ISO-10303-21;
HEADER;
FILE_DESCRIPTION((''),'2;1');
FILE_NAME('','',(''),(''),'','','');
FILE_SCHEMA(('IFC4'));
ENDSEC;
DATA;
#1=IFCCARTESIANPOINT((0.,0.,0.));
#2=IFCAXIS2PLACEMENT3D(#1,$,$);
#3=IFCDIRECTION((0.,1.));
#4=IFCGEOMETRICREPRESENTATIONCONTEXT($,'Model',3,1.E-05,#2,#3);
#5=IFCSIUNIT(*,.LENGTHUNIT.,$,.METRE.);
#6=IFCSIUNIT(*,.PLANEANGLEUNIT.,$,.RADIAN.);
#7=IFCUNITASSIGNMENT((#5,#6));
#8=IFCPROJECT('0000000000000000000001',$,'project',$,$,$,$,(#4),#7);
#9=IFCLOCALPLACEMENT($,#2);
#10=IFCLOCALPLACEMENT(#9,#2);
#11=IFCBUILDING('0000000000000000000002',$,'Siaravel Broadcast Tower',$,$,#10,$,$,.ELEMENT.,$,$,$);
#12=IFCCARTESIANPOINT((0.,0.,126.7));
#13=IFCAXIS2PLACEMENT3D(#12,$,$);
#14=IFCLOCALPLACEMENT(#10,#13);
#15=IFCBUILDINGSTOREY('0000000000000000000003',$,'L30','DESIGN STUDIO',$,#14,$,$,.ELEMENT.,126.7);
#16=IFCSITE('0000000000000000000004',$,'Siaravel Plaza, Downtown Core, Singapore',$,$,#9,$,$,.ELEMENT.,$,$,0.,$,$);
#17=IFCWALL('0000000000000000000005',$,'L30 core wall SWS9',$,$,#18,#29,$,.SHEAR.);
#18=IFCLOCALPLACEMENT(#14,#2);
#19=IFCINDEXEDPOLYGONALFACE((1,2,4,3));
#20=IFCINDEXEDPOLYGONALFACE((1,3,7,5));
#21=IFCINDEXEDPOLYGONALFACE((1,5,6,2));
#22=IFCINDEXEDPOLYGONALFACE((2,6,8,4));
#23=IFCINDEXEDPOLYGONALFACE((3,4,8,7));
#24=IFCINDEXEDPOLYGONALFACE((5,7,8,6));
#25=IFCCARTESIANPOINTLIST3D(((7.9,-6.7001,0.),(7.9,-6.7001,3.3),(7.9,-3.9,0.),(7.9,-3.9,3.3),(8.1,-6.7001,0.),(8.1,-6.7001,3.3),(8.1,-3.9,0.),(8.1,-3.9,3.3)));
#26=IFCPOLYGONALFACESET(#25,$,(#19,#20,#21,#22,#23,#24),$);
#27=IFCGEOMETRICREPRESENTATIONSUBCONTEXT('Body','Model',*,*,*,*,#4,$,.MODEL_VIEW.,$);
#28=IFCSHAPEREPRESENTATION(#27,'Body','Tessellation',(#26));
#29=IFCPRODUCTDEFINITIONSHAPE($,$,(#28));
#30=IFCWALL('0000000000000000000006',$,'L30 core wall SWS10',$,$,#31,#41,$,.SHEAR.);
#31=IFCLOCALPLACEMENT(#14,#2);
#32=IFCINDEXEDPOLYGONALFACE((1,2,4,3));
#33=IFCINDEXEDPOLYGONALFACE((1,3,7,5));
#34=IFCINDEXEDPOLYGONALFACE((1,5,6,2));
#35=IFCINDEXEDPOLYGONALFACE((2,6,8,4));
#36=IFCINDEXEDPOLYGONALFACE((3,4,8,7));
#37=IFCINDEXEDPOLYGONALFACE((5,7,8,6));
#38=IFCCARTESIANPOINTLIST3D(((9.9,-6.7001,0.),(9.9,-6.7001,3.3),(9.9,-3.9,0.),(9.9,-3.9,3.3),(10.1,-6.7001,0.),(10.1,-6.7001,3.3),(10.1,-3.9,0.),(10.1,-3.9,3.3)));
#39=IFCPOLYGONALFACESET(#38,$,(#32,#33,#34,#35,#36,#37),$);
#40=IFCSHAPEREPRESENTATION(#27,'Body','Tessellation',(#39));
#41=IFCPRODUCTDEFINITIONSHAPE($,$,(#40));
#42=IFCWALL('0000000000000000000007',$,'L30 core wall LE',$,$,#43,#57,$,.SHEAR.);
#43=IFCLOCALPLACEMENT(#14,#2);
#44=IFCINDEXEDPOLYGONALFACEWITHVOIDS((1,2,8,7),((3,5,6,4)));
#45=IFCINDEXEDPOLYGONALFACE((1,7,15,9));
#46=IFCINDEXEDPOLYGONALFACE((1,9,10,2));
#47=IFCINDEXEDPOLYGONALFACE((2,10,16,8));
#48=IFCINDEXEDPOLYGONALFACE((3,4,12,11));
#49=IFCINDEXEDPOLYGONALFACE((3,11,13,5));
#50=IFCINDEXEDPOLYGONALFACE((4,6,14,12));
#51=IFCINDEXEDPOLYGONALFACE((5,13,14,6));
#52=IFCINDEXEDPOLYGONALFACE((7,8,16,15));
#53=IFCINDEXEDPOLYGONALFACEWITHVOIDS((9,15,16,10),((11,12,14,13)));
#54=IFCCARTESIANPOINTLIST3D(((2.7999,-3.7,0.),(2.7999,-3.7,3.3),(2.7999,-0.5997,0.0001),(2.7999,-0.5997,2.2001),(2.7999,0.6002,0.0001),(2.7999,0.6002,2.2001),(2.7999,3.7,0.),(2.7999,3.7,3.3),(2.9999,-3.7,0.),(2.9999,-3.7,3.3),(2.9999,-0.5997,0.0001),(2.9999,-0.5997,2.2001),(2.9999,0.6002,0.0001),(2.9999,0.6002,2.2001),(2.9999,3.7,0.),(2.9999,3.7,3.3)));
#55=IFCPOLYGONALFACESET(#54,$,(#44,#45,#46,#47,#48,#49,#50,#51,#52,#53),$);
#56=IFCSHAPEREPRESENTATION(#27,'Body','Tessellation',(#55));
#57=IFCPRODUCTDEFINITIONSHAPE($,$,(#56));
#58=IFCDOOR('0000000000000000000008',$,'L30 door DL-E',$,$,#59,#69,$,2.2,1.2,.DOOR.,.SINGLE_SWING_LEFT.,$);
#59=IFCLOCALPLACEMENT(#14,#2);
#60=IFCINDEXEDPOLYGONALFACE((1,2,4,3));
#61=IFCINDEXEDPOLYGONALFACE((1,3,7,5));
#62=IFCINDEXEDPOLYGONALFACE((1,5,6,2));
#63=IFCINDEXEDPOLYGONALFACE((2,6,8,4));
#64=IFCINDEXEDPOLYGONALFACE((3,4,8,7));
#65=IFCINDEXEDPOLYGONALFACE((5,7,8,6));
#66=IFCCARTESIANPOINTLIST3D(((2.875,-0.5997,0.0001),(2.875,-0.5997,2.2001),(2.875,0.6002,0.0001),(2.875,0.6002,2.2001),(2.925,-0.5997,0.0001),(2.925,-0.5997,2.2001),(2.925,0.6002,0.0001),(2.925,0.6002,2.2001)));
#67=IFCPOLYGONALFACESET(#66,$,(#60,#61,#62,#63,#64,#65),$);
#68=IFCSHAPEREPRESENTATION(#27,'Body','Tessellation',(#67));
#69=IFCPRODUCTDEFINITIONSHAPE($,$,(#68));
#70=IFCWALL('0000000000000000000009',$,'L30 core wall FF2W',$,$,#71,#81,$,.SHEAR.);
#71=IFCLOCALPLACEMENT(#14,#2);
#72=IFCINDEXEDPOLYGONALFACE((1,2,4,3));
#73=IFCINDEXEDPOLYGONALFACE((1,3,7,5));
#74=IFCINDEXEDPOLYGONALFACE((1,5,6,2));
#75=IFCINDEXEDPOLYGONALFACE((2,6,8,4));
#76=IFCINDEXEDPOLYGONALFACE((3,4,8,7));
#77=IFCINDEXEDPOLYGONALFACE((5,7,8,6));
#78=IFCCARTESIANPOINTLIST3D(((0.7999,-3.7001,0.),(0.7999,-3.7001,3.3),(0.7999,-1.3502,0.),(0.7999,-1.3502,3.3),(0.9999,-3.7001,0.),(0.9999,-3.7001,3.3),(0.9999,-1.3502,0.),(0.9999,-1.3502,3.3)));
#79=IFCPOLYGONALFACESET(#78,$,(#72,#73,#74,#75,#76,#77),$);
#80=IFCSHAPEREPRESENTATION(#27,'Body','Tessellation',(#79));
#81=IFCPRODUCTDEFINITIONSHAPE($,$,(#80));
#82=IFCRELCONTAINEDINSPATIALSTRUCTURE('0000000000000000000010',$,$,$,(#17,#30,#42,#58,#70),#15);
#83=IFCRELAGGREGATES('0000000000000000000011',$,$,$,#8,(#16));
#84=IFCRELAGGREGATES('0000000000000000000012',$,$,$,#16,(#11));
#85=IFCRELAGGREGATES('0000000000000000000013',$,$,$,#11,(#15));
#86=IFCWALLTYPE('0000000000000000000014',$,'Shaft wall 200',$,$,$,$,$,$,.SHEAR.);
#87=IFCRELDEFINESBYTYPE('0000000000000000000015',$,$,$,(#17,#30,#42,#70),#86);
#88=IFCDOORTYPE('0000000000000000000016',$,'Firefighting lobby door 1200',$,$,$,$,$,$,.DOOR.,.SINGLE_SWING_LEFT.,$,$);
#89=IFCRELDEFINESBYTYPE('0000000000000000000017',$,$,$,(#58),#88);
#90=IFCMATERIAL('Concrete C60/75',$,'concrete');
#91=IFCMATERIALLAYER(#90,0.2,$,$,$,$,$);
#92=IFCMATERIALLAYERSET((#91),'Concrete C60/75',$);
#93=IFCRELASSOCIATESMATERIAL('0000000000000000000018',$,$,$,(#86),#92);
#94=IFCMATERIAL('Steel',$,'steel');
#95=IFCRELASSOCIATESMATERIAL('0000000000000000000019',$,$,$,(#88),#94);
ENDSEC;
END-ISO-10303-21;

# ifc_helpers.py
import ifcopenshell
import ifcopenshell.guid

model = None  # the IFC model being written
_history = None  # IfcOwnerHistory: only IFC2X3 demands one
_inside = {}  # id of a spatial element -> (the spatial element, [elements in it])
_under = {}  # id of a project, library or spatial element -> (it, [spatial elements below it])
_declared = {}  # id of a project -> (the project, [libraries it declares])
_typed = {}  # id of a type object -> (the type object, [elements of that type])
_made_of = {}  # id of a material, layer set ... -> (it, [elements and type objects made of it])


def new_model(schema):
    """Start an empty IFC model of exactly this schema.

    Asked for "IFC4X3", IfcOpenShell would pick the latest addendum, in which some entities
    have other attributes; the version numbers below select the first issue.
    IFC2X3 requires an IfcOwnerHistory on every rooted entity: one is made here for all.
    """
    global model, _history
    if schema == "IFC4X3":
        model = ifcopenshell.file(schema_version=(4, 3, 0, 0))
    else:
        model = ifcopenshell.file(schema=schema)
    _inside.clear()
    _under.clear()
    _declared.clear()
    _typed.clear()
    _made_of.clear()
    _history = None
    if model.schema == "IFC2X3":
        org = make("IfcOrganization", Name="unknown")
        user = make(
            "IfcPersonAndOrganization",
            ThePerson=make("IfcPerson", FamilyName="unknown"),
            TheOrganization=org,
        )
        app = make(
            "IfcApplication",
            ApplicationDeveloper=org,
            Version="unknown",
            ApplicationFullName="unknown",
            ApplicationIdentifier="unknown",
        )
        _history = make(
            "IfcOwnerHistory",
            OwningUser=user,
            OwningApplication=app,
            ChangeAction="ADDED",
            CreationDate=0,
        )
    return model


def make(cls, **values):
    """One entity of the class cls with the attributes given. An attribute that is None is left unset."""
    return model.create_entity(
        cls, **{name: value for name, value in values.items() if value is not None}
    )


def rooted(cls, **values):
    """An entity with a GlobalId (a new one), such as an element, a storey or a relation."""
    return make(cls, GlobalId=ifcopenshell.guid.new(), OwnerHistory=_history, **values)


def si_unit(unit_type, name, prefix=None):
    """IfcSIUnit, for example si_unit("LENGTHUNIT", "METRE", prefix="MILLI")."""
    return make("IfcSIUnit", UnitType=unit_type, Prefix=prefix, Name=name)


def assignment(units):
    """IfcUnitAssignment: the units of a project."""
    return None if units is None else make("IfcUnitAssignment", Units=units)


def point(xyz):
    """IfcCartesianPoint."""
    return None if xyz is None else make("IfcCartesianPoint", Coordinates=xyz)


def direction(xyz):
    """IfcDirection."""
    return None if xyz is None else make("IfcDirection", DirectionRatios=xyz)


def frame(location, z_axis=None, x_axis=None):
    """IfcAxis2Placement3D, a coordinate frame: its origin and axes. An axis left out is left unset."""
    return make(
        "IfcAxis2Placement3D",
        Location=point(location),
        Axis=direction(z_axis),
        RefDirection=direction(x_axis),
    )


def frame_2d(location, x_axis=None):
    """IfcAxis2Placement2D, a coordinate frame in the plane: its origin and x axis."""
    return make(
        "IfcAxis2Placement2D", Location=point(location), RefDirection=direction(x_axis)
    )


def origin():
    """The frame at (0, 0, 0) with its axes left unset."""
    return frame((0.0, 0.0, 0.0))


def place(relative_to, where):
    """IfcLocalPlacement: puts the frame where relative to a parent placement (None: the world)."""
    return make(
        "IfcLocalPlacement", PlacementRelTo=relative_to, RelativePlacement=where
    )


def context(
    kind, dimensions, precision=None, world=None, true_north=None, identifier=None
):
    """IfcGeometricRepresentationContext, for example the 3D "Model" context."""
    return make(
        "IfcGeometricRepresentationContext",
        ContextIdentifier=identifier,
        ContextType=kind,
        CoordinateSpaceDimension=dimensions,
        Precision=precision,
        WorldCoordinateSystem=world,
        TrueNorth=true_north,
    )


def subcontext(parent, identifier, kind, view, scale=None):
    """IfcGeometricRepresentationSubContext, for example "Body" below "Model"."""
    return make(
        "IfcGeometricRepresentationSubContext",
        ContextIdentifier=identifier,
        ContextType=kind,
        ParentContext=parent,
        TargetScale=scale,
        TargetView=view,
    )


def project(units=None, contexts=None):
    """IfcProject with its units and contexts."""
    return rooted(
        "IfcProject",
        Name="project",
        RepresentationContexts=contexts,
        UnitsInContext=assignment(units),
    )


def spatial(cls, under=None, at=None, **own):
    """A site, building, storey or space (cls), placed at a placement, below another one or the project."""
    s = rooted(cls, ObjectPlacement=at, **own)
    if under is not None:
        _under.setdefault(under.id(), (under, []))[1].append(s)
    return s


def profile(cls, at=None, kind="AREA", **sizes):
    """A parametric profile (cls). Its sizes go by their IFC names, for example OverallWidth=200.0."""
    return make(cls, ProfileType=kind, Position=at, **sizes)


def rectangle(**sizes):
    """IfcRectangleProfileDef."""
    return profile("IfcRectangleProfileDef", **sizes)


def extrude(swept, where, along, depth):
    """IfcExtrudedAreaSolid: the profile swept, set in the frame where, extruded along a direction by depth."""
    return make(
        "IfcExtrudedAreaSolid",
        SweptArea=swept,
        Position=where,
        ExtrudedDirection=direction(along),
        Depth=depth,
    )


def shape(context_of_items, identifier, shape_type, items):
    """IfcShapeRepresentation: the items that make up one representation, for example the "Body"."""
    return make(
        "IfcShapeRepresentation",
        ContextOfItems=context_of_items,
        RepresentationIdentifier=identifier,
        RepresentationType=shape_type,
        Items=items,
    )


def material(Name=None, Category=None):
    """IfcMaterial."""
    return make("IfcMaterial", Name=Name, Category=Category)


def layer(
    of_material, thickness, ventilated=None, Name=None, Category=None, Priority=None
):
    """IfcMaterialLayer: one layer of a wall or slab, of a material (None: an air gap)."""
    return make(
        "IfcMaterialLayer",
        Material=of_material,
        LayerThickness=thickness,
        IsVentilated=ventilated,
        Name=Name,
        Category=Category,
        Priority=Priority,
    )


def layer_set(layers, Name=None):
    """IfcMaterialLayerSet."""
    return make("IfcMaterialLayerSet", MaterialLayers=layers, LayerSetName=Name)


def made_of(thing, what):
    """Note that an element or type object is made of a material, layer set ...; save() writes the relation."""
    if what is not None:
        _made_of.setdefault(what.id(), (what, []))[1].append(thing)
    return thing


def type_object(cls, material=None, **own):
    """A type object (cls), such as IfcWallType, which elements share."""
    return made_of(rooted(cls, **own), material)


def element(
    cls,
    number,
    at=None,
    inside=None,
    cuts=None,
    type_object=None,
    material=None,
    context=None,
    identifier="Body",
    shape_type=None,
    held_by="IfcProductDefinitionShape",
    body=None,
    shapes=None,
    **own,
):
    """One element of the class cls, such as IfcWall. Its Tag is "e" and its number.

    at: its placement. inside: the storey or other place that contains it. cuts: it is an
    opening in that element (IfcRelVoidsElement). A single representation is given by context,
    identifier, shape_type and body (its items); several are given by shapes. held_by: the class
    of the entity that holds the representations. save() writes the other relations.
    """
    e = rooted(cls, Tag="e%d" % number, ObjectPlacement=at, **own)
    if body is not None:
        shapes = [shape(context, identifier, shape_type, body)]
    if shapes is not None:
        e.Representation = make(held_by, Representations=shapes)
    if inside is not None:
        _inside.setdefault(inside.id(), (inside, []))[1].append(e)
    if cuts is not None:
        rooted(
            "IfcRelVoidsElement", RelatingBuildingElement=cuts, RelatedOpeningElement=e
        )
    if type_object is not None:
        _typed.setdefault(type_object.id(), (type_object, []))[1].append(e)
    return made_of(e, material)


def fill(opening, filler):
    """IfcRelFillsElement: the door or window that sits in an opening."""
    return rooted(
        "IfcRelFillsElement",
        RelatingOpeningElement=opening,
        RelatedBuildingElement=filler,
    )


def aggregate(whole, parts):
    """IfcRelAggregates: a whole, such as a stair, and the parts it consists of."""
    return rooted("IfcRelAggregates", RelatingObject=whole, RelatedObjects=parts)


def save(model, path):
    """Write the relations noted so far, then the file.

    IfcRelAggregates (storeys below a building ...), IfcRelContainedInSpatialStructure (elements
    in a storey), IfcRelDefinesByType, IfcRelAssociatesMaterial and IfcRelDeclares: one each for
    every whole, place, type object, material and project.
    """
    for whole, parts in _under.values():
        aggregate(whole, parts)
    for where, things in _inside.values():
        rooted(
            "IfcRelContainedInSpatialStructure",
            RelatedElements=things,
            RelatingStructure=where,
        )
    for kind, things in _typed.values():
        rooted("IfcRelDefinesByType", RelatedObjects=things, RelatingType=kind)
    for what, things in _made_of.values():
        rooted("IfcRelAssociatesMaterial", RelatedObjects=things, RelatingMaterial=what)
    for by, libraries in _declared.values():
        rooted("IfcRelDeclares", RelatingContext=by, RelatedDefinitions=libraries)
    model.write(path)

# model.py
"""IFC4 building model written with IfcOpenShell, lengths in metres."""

from ifc_helpers import new_model, si_unit, direction, frame, frame_2d, origin, place, context, subcontext, project, spatial, rectangle, extrude, material, layer, layer_set, type_object, element, fill, save


model = new_model("IFC4")

# Units and contexts
model_context = context("Model", 3, precision=1e-05, world=origin(), true_north=direction((0.0, 1.0)))
body_context = subcontext(model_context, "Body", "Model", "MODEL_VIEW")
ifc_project = project(units=[si_unit("LENGTHUNIT", "METRE"), si_unit("PLANEANGLEUNIT", "RADIAN")], contexts=[model_context])

# Site, building, storey
site_placement = place(None, origin())
site = spatial("IfcSite", under=ifc_project, at=site_placement, Name="Siaravel Plaza, Downtown Core, Singapore", CompositionType="ELEMENT", RefElevation=0.0)
building_placement = place(site_placement, origin())
building = spatial("IfcBuilding", under=site, at=building_placement, Name="Siaravel Broadcast Tower", CompositionType="ELEMENT")
storey_placement = place(building_placement, frame((0.0, 0.0, 126.7)))
storey = spatial("IfcBuildingStorey", under=building, at=storey_placement, Name="L30", Description="DESIGN STUDIO", CompositionType="ELEMENT", Elevation=126.7)

# Shared definitions
ifc_material_1 = material(Name="Concrete C60/75", Category="concrete")
ifc_material_2 = material(Name="Steel", Category="steel")

# Walls
ifc_layer_1 = layer(ifc_material_1, 0.2)
ifc_layer_set_1 = layer_set([ifc_layer_1], Name="Concrete C60/75")
wall_type_1 = type_object("IfcWallType", Name="Shaft wall 200", PredefinedType="SHEAR", material=ifc_layer_set_1)
for number, where, z_axis, x_axis, name in (
    (1, (8.0, -6.7, 0.0), (0.0, 0.0, 1.0), (0.0, 1.0, 0.0), "L30 core wall SWS9"),
    (2, (10.0, -6.7, 0.0), (0.0, 0.0, 1.0), (0.0, 1.0, 0.0), "L30 core wall SWS10"),
):
    element("IfcWall", number, at=place(storey_placement, frame(where, z_axis=z_axis, x_axis=x_axis)), inside=storey, type_object=wall_type_1, Name=name, PredefinedType="SHEAR", context=body_context, shape_type="SweptSolid", body=[
        extrude(rectangle(XDim=2.8, YDim=0.2, at=frame_2d((1.3999, 0.0))), origin(), (0.0, 0.0, 1.0), 3.3),
    ])

# Wall, opening, door
wall_1_placement = place(storey_placement, frame((2.8999, -3.7, 0.0), z_axis=(0.0, 0.0, 1.0), x_axis=(0.0, 1.0, 0.0)))
wall_1 = element("IfcWall", 3, at=wall_1_placement, inside=storey, type_object=wall_type_1, Name="L30 core wall LE", PredefinedType="SHEAR", context=body_context, shape_type="SweptSolid", body=[
    extrude(rectangle(XDim=7.3999, YDim=0.2, at=frame_2d((3.7, 0.0))), origin(), (0.0, 0.0, 1.0), 3.3),
])
opening_1_placement = place(wall_1_placement, frame((3.1001, 0.0, 0.0)))
opening_1 = element("IfcOpeningElement", 4, at=opening_1_placement, cuts=wall_1, PredefinedType="OPENING", context=body_context, shape_type="SweptSolid", body=[
    extrude(rectangle(XDim=1.2, YDim=2.2, at=frame_2d((0.6001, 1.1001))), frame((0.0, 0.1099, 0.0), z_axis=(0.0, -1.0, 0.0), x_axis=(1.0, 0.0, 0.0)), (0.0, 0.0, 1.0), 0.22),
])
door_type_1 = type_object("IfcDoorType", Name="Firefighting lobby door 1200", OperationType="SINGLE_SWING_LEFT", PredefinedType="DOOR", material=ifc_material_2)
door_1_placement = place(opening_1_placement, origin())
door_1 = element("IfcDoor", 5, at=door_1_placement, inside=storey, type_object=door_type_1, Name="L30 door DL-E", OperationType="SINGLE_SWING_LEFT", OverallHeight=2.2, OverallWidth=1.2, PredefinedType="DOOR", context=body_context, shape_type="SweptSolid", body=[
    extrude(rectangle(XDim=1.2, YDim=2.2, at=frame_2d((0.6001, 1.1001))), frame((0.0, 0.0249, 0.0), z_axis=(0.0, -1.0, 0.0), x_axis=(1.0, 0.0, 0.0)), (0.0, 0.0, 1.0), 0.05),
])
fill(opening_1, door_1)

# Wall
wall_2_placement = place(storey_placement, frame((0.8999, -3.7, 0.0), z_axis=(0.0, 0.0, 1.0), x_axis=(0.0, 1.0, 0.0)))
element("IfcWall", 6, at=wall_2_placement, inside=storey, type_object=wall_type_1, Name="L30 core wall FF2W", PredefinedType="SHEAR", context=body_context, shape_type="SweptSolid", body=[
    extrude(rectangle(XDim=2.3499, YDim=0.2, at=frame_2d((1.1748, 0.0))), origin(), (0.0, 0.0, 1.0), 3.3),
])

save(model, "model.ifc")
